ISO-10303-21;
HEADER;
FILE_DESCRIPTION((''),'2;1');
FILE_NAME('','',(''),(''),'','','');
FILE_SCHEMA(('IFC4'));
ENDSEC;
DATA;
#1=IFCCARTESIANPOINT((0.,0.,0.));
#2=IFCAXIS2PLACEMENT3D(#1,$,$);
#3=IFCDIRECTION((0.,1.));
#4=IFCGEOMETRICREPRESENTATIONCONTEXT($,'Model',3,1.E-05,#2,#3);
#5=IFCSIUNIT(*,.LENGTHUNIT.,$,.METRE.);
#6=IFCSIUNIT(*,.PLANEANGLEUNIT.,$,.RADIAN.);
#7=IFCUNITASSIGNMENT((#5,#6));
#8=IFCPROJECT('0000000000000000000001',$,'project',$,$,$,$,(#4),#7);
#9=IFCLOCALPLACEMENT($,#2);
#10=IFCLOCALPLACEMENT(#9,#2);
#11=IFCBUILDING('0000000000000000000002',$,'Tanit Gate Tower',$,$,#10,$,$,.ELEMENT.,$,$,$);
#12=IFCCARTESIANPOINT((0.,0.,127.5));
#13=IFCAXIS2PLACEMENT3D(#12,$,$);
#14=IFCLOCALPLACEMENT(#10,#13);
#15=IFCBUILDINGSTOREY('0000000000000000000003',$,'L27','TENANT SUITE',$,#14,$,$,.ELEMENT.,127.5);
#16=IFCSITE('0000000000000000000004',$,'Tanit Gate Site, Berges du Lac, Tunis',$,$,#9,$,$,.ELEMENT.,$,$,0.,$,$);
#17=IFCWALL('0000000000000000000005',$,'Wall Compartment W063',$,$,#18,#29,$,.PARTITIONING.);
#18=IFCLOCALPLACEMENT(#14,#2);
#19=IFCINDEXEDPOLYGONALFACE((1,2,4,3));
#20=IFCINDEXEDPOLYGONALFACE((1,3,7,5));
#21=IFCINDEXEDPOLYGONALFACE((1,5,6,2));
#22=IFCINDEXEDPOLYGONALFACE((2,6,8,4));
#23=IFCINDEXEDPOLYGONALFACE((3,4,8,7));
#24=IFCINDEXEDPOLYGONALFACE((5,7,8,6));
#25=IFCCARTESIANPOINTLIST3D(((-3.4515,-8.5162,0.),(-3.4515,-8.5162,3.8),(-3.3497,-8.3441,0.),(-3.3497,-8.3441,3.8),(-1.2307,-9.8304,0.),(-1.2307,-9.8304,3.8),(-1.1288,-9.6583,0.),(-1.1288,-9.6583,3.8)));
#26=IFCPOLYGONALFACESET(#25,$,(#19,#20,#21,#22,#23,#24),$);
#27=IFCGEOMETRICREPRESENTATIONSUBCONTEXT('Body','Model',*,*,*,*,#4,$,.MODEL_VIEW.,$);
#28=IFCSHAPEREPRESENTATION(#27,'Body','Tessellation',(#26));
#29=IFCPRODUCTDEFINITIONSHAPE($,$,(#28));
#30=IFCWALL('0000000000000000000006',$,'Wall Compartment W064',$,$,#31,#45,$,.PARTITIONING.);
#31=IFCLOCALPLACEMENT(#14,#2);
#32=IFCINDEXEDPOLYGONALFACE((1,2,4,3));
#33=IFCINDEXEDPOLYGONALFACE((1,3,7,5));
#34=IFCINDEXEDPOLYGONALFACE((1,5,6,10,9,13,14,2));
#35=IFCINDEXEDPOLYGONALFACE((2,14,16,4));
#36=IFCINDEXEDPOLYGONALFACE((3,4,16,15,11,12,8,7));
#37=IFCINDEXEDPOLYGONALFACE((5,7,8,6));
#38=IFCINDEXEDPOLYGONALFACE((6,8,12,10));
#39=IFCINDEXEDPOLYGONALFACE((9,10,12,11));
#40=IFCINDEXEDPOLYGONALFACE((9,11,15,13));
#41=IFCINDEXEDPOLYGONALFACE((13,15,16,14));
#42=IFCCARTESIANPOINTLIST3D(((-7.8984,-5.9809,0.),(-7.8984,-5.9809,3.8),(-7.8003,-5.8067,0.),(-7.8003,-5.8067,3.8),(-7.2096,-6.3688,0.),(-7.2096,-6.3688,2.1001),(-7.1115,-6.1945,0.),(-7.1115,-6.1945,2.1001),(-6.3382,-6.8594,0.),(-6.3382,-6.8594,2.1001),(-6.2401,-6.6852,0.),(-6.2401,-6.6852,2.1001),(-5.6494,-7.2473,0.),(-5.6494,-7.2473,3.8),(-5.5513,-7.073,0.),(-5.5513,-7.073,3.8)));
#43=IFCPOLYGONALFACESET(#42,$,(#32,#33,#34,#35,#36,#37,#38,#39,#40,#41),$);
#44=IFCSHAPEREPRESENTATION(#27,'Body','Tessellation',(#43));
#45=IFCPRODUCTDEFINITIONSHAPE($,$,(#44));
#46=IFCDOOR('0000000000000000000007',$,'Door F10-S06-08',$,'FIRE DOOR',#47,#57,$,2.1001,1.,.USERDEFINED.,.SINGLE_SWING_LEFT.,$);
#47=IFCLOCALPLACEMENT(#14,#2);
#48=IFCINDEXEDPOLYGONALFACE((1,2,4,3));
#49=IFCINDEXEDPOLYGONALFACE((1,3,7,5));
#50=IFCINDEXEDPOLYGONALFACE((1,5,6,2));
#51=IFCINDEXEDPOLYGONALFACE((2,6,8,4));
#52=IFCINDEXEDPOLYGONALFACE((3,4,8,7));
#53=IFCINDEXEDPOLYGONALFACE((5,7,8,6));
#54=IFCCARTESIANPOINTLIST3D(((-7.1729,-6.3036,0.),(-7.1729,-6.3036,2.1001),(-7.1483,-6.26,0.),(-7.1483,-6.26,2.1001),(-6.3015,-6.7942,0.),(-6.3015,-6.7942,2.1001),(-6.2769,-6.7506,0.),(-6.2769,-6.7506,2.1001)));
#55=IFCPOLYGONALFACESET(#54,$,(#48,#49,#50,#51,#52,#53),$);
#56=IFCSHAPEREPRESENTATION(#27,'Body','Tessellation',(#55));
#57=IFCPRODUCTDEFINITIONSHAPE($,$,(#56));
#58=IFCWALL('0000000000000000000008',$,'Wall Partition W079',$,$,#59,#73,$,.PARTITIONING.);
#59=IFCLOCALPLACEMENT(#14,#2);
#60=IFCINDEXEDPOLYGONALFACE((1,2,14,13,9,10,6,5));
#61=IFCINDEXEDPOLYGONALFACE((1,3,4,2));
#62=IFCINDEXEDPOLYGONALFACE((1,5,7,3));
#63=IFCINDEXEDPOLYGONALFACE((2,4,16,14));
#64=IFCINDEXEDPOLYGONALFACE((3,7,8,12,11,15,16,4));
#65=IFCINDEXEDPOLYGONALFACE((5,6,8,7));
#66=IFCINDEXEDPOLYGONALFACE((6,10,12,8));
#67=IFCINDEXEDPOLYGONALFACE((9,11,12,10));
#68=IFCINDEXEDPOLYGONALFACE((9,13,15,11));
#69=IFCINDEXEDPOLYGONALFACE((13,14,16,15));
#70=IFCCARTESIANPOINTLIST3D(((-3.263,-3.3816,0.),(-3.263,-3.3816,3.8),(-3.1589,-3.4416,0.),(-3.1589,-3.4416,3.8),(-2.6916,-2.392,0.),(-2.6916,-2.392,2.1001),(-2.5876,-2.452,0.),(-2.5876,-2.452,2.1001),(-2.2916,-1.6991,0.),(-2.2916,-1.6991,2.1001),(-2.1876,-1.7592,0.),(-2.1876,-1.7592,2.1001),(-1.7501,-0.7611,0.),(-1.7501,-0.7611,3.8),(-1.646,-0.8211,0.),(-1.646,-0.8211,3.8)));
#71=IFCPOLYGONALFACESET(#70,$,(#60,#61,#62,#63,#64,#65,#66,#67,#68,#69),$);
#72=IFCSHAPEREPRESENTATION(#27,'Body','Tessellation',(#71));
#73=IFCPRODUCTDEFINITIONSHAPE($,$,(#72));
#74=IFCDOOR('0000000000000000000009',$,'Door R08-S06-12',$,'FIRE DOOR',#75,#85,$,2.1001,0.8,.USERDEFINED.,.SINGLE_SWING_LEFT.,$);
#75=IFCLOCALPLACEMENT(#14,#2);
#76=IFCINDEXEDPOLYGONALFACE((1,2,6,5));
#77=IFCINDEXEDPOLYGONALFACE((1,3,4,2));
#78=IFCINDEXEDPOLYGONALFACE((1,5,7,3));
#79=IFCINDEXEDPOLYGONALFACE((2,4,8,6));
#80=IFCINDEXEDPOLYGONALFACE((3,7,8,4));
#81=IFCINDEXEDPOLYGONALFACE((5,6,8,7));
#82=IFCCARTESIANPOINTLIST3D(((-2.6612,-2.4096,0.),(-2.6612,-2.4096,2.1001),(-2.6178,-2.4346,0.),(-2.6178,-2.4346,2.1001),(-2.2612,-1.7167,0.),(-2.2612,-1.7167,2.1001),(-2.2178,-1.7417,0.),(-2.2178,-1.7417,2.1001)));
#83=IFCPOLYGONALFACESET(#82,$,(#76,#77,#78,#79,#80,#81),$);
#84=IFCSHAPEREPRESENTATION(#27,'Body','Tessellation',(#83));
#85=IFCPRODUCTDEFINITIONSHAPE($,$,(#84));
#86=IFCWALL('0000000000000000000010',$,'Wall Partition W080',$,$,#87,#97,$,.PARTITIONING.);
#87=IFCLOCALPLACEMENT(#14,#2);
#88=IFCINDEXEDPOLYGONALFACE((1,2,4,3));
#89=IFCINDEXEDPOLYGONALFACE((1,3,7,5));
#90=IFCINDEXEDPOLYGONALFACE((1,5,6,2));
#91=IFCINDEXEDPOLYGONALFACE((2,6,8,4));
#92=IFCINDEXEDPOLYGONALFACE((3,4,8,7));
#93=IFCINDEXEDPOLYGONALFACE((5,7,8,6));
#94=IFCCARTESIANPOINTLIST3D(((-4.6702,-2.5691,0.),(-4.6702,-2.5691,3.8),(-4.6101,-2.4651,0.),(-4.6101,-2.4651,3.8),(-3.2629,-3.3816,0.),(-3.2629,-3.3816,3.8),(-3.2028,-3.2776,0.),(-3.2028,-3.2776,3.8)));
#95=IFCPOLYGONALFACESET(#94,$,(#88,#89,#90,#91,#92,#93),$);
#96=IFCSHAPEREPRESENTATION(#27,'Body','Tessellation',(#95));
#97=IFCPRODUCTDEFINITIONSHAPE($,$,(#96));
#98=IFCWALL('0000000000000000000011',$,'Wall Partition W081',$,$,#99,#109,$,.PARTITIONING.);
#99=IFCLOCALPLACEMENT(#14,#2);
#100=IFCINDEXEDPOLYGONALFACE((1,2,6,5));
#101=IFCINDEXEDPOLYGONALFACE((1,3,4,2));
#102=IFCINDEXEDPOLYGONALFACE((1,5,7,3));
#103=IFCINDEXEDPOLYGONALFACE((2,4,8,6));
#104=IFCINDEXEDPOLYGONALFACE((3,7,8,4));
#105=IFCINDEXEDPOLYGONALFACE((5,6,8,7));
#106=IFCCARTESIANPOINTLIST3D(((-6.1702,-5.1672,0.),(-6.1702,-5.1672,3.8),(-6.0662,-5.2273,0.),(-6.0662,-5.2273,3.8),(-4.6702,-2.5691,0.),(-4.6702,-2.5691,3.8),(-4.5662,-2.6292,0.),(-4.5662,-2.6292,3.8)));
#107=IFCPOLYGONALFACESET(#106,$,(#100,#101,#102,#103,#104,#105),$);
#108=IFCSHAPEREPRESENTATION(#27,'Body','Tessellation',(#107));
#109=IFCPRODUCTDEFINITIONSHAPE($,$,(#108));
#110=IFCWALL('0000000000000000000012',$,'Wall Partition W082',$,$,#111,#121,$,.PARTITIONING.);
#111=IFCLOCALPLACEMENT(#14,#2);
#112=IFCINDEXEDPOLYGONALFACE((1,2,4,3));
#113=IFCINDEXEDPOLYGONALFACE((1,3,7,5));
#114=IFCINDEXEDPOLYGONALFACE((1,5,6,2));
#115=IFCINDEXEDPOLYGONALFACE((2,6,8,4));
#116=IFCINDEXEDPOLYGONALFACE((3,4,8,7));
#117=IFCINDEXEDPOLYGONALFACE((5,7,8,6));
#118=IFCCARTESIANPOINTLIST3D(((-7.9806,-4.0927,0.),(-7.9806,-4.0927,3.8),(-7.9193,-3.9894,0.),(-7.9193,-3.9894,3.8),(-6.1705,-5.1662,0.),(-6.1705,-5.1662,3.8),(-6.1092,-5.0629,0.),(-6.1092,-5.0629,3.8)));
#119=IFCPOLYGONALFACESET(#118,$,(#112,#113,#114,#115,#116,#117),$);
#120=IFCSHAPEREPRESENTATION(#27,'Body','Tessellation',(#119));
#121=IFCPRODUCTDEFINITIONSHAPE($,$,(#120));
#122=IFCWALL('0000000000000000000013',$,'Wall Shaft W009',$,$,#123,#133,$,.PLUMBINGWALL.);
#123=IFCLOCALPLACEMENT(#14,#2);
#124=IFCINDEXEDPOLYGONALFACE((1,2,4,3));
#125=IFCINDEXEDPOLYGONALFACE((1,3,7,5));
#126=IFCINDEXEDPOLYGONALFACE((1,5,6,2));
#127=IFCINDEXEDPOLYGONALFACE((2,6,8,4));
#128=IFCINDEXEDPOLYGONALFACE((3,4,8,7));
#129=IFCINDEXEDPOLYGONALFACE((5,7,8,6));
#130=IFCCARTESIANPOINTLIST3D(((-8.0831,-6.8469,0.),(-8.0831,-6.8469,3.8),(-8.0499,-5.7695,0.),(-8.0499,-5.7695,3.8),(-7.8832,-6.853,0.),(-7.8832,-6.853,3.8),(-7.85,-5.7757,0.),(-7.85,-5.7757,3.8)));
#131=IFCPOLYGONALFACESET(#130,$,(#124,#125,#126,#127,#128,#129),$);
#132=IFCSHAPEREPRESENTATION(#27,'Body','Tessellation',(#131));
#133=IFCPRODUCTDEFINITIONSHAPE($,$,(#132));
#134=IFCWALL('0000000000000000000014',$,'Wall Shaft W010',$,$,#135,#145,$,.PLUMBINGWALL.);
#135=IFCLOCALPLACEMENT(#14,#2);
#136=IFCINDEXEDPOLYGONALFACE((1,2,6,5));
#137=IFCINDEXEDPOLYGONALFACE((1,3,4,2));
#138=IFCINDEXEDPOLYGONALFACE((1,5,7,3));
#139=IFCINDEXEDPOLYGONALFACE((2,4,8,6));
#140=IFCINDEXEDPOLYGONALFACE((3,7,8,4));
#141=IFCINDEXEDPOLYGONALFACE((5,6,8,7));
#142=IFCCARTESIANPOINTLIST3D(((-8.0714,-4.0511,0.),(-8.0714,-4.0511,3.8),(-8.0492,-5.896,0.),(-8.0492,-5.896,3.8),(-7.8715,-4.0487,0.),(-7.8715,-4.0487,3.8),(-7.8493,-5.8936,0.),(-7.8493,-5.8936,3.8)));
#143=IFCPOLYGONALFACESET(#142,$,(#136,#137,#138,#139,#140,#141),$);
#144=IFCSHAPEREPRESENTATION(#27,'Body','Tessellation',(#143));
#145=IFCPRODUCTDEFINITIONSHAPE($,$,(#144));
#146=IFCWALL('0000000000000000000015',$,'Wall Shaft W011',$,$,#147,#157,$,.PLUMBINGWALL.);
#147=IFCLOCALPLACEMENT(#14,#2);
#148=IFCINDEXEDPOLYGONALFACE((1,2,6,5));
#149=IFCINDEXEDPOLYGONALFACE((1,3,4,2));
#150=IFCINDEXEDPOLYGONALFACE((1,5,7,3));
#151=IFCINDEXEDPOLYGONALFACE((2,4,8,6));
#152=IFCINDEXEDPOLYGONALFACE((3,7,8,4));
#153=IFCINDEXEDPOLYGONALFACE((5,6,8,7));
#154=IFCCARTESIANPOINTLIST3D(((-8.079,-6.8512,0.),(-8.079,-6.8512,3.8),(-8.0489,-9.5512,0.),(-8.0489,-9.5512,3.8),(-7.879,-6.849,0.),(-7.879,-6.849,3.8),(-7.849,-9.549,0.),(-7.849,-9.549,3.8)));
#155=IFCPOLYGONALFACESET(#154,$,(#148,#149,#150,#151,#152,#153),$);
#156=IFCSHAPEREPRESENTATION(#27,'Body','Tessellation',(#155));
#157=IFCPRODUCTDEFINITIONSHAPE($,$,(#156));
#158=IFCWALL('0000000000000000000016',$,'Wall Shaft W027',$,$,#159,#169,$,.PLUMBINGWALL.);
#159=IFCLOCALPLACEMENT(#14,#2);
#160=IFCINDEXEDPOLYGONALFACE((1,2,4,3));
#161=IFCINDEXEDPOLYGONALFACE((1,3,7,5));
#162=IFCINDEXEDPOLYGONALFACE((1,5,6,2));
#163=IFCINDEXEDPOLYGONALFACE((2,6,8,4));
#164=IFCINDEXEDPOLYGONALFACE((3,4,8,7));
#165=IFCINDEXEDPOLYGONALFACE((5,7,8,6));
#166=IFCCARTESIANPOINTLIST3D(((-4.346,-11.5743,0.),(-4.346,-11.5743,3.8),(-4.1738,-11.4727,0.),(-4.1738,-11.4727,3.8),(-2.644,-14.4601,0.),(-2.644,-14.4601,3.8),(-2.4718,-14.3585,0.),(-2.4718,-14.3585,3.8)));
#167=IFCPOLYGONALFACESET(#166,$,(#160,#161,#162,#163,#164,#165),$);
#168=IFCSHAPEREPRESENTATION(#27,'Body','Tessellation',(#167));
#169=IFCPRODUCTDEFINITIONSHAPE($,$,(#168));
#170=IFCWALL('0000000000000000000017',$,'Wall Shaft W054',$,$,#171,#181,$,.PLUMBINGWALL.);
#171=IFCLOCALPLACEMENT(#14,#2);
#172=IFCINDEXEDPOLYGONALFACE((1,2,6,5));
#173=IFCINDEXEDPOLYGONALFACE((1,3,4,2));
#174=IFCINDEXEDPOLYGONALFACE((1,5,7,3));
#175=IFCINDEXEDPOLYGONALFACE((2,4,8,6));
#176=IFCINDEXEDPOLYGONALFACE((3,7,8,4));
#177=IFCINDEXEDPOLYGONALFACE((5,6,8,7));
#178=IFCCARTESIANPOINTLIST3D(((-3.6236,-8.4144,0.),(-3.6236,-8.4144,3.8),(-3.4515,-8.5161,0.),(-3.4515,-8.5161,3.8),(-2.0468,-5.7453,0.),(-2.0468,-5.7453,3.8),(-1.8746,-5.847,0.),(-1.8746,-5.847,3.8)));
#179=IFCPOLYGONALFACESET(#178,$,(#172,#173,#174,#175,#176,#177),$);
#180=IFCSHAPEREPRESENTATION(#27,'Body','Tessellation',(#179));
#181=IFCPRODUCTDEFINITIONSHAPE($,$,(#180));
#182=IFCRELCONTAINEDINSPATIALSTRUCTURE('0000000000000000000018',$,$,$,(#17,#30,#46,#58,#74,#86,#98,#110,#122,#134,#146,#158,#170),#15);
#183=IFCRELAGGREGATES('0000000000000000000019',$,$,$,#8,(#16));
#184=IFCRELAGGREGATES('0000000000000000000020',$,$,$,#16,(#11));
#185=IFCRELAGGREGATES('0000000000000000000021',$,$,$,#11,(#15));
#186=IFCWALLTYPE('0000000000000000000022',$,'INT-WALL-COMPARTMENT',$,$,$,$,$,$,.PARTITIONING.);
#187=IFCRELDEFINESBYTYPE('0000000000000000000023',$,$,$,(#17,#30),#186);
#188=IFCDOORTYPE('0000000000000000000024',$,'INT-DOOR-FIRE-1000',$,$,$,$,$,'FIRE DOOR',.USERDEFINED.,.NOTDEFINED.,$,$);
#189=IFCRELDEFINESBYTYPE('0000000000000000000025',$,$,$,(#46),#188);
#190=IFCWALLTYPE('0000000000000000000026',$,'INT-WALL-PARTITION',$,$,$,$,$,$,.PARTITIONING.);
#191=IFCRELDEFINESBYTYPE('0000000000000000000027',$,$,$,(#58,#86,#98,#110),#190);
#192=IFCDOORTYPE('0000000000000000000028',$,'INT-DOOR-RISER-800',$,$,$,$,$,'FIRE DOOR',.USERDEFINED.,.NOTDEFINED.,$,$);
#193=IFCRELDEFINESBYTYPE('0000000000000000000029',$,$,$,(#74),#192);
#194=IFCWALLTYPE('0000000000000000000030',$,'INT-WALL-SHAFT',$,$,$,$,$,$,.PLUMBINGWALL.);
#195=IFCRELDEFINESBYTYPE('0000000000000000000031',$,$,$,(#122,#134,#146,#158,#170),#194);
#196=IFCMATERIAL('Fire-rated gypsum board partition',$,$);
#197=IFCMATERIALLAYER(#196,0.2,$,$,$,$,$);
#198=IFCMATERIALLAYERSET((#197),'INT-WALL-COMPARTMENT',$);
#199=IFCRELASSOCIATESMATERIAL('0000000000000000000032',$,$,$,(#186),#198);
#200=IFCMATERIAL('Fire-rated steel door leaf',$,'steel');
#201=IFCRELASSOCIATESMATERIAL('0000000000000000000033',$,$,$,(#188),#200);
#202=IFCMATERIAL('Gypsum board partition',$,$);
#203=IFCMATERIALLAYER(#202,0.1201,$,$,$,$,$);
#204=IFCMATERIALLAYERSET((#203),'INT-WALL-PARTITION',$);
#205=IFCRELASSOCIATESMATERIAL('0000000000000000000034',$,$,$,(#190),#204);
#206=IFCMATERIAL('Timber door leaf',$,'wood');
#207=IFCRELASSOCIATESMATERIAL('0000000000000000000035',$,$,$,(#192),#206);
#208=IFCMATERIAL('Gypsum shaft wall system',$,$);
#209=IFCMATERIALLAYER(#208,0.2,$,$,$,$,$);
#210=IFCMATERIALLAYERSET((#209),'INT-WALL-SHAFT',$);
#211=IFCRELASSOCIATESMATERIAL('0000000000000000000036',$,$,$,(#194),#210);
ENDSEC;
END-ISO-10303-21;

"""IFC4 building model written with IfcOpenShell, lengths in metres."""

from ifc_helpers import new_model, si_unit, direction, frame, frame_2d, origin, place, context, subcontext, project, spatial, rectangle, extrude, material, layer, layer_set, type_object, element, fill, save


model = new_model("IFC4")

# Units and contexts
model_context = context("Model", 3, precision=1e-05, world=origin(), true_north=direction((0.0, 1.0)))
body_context = subcontext(model_context, "Body", "Model", "MODEL_VIEW")
ifc_project = project(units=[si_unit("LENGTHUNIT", "METRE"), si_unit("PLANEANGLEUNIT", "RADIAN")], contexts=[model_context])

# Site, building, storey
site_placement = place(None, origin())
site = spatial("IfcSite", under=ifc_project, at=site_placement, Name="Tanit Gate Site, Berges du Lac, Tunis", CompositionType="ELEMENT", RefElevation=0.0)
building_placement = place(site_placement, origin())
building = spatial("IfcBuilding", under=site, at=building_placement, Name="Tanit Gate Tower", CompositionType="ELEMENT")
storey_placement = place(building_placement, frame((0.0, 0.0, 127.5)))
storey = spatial("IfcBuildingStorey", under=building, at=storey_placement, Name="L27", Description="TENANT SUITE", CompositionType="ELEMENT", Elevation=127.5)

# Wall
ifc_material_1 = material(Name="Fire-rated gypsum board partition")
ifc_layer_1 = layer(ifc_material_1, 0.2)
ifc_layer_set_1 = layer_set([ifc_layer_1], Name="INT-WALL-COMPARTMENT")
wall_type_1 = type_object("IfcWallType", Name="INT-WALL-COMPARTMENT", PredefinedType="PARTITIONING", material=ifc_layer_set_1)
wall_1_placement = place(storey_placement, frame((-3.4006, -8.4302, 0.0), z_axis=(0.0, 0.0, 1.0), x_axis=(0.860616, -0.509255, 0.0)))
element("IfcWall", 1, at=wall_1_placement, inside=storey, type_object=wall_type_1, Name="Wall Compartment W063", PredefinedType="PARTITIONING", context=body_context, shape_type="SweptSolid", body=[
    extrude(rectangle(XDim=2.5806, YDim=0.2, at=frame_2d((1.2903, 0.0))), origin(), (0.0, 0.0, 1.0), 3.8),
])

# Walls, openings, doors
wall_2_placement = place(storey_placement, frame((-7.8494, -5.8938, 0.0), z_axis=(0.0, 0.0, 1.0), x_axis=(0.871363, -0.490638, 0.0)))
wall_2 = element("IfcWall", 2, at=wall_2_placement, inside=storey, type_object=wall_type_1, Name="Wall Compartment W064", PredefinedType="PARTITIONING", context=body_context, shape_type="SweptSolid", body=[
    extrude(rectangle(XDim=2.5811, YDim=0.2, at=frame_2d((1.2905, 0.0))), origin(), (0.0, 0.0, 1.0), 3.8),
])
opening_1_placement = place(wall_2_placement, frame((0.7905, 0.0, 0.0)))
opening_1 = element("IfcOpeningElement", 3, at=opening_1_placement, cuts=wall_2, PredefinedType="OPENING", context=body_context, shape_type="SweptSolid", body=[
    extrude(rectangle(XDim=1.0, YDim=2.1001, at=frame_2d((0.5, 1.05))), frame((0.0, 0.1099, 0.0), z_axis=(0.0, -1.0, 0.0), x_axis=(1.0, 0.0, 0.0)), (0.0, 0.0, 1.0), 0.22),
])
ifc_material_2 = material(Name="Fire-rated steel door leaf", Category="steel")
door_type_1 = type_object("IfcDoorType", Name="INT-DOOR-FIRE-1000", ElementType="FIRE DOOR", OperationType="NOTDEFINED", PredefinedType="USERDEFINED", material=ifc_material_2)
door_1_placement = place(opening_1_placement, origin())
door_1 = element("IfcDoor", 4, at=door_1_placement, inside=storey, type_object=door_type_1, Name="Door F10-S06-08", ObjectType="FIRE DOOR", OperationType="SINGLE_SWING_LEFT", OverallHeight=2.1001, OverallWidth=1.0, PredefinedType="USERDEFINED", context=body_context, shape_type="SweptSolid", body=[
    extrude(rectangle(XDim=1.0, YDim=2.1001, at=frame_2d((0.5, 1.05))), frame((0.0, 0.0249, 0.0), z_axis=(0.0, -1.0, 0.0), x_axis=(1.0, 0.0, 0.0)), (0.0, 0.0, 1.0), 0.05),
])
fill(opening_1, door_1)
ifc_material_3 = material(Name="Gypsum board partition")
ifc_layer_2 = layer(ifc_material_3, 0.1201)
ifc_layer_set_2 = layer_set([ifc_layer_2], Name="INT-WALL-PARTITION")
wall_type_2 = type_object("IfcWallType", Name="INT-WALL-PARTITION", PredefinedType="PARTITIONING", material=ifc_layer_set_2)
wall_3_placement = place(storey_placement, frame((-3.2109, -3.4116, 0.0), z_axis=(0.0, 0.0, 1.0), x_axis=(0.499983, 0.866035, 0.0)))
wall_3 = element("IfcWall", 5, at=wall_3_placement, inside=storey, type_object=wall_type_2, Name="Wall Partition W079", PredefinedType="PARTITIONING", context=body_context, shape_type="SweptSolid", body=[
    extrude(rectangle(XDim=3.0259, YDim=0.1201, at=frame_2d((1.5129, 0.0))), origin(), (0.0, 0.0, 1.0), 3.8),
])
opening_2_placement = place(wall_3_placement, frame((1.1428, 0.0, 0.0)))
opening_2 = element("IfcOpeningElement", 6, at=opening_2_placement, cuts=wall_3, PredefinedType="OPENING", context=body_context, shape_type="SweptSolid", body=[
    extrude(rectangle(XDim=0.8, YDim=2.1001, at=frame_2d((0.3999, 1.05))), frame((0.0, 0.0701, 0.0), z_axis=(0.0, -1.0, 0.0), x_axis=(1.0, 0.0, 0.0)), (0.0, 0.0, 1.0), 0.1401),
])
ifc_material_4 = material(Name="Timber door leaf", Category="wood")
door_type_2 = type_object("IfcDoorType", Name="INT-DOOR-RISER-800", ElementType="FIRE DOOR", OperationType="NOTDEFINED", PredefinedType="USERDEFINED", material=ifc_material_4)
door_2_placement = place(opening_2_placement, origin())
door_2 = element("IfcDoor", 7, at=door_2_placement, inside=storey, type_object=door_type_2, Name="Door R08-S06-12", ObjectType="FIRE DOOR", OperationType="SINGLE_SWING_LEFT", OverallHeight=2.1001, OverallWidth=0.8, PredefinedType="USERDEFINED", context=body_context, shape_type="SweptSolid", body=[
    extrude(rectangle(XDim=0.8, YDim=2.1001, at=frame_2d((0.3999, 1.05))), frame((0.0, 0.0249, 0.0), z_axis=(0.0, -1.0, 0.0), x_axis=(1.0, 0.0, 0.0)), (0.0, 0.0, 1.0), 0.05),
])
fill(opening_2, door_2)

# Walls
wall_4_placement = place(storey_placement, frame((-4.6401, -2.5171, 0.0), z_axis=(0.0, 0.0, 1.0), x_axis=(0.866015, -0.500017, 0.0)))
element("IfcWall", 8, at=wall_4_placement, inside=storey, type_object=wall_type_2, Name="Wall Partition W080", PredefinedType="PARTITIONING", context=body_context, shape_type="SweptSolid", body=[
    extrude(rectangle(XDim=1.625, YDim=0.1201, at=frame_2d((0.8125, 0.0))), origin(), (0.0, 0.0, 1.0), 3.8),
])
wall_5_placement = place(storey_placement, frame((-6.1182, -5.1973, 0.0), z_axis=(0.0, 0.0, 1.0), x_axis=(0.49999, 0.866031, 0.0)))
element("IfcWall", 9, at=wall_5_placement, inside=storey, type_object=wall_type_2, Name="Wall Partition W081", PredefinedType="PARTITIONING", context=body_context, shape_type="SweptSolid", body=[
    extrude(rectangle(XDim=3.0, YDim=0.1201, at=frame_2d((1.5, 0.0))), origin(), (0.0, 0.0, 1.0), 3.8),
])
wall_6_placement = place(storey_placement, frame((-7.95, -4.041, 0.0), z_axis=(0.0, 0.0, 1.0), x_axis=(0.860112, -0.510104, 0.0)))
element("IfcWall", 10, at=wall_6_placement, inside=storey, type_object=wall_type_2, Name="Wall Partition W082", PredefinedType="PARTITIONING", context=body_context, shape_type="SweptSolid", body=[
    extrude(rectangle(XDim=2.1045, YDim=0.1201, at=frame_2d((1.0522, 0.0))), origin(), (0.0, 0.0, 1.0), 3.8),
])
ifc_material_5 = material(Name="Gypsum shaft wall system")
ifc_layer_3 = layer(ifc_material_5, 0.2)
ifc_layer_set_3 = layer_set([ifc_layer_3], Name="INT-WALL-SHAFT")
wall_type_3 = type_object("IfcWallType", Name="INT-WALL-SHAFT", PredefinedType="PLUMBINGWALL", material=ifc_layer_set_3)
wall_7_placement = place(storey_placement, frame((-7.95, -5.7725, 0.0), z_axis=(0.0, 0.0, 1.0), x_axis=(-0.030803, -0.999525, 0.0)))
element("IfcWall", 11, at=wall_7_placement, inside=storey, type_object=wall_type_3, Name="Wall Shaft W009", PredefinedType="PLUMBINGWALL", context=body_context, shape_type="SweptSolid", body=[
    extrude(rectangle(XDim=1.0779, YDim=0.2, at=frame_2d((0.5391, 0.0))), origin(), (0.0, 0.0, 1.0), 3.8),
])
wall_8_placement = place(storey_placement, frame((-7.9714, -4.05, 0.0), z_axis=(0.0, 0.0, 1.0), x_axis=(0.012043, -0.999927, 0.0)))
element("IfcWall", 12, at=wall_8_placement, inside=storey, type_object=wall_type_3, Name="Wall Shaft W010", PredefinedType="PLUMBINGWALL", context=body_context, shape_type="SweptSolid", body=[
    extrude(rectangle(XDim=1.845, YDim=0.2, at=frame_2d((0.9224, 0.0))), origin(), (0.0, 0.0, 1.0), 3.8),
])
wall_9_placement = place(storey_placement, frame((-7.979, -6.8501, 0.0), z_axis=(0.0, 0.0, 1.0), x_axis=(0.011121, -0.999938, 0.0)))
element("IfcWall", 13, at=wall_9_placement, inside=storey, type_object=wall_type_3, Name="Wall Shaft W011", PredefinedType="PLUMBINGWALL", context=body_context, shape_type="SweptSolid", body=[
    extrude(rectangle(XDim=2.7002, YDim=0.2, at=frame_2d((1.3501, 0.0))), origin(), (0.0, 0.0, 1.0), 3.8),
])
wall_10_placement = place(storey_placement, frame((-2.5579, -14.4094, 0.0), z_axis=(0.0, 0.0, 1.0), x_axis=(-0.507997, 0.861359, 0.0)))
element("IfcWall", 14, at=wall_10_placement, inside=storey, type_object=wall_type_3, Name="Wall Shaft W027", PredefinedType="PLUMBINGWALL", context=body_context, shape_type="SweptSolid", body=[
    extrude(rectangle(XDim=3.3503, YDim=0.2, at=frame_2d((1.6753, 0.0))), origin(), (0.0, 0.0, 1.0), 3.8),
])

# Wall
wall_11_placement = place(storey_placement, frame((-1.9607, -5.7961, 0.0), z_axis=(0.0, 0.0, 1.0), x_axis=(-0.508647, -0.860975, 0.0)))
element("IfcWall", 15, at=wall_11_placement, inside=storey, type_object=wall_type_3, Name="Wall Shaft W054", PredefinedType="PLUMBINGWALL", context=body_context, shape_type="SweptSolid", body=[
    extrude(rectangle(XDim=3.1001, YDim=0.2, at=frame_2d((1.55, 0.0))), origin(), (0.0, 0.0, 1.0), 3.8),
])

save(model, "model.ifc")
